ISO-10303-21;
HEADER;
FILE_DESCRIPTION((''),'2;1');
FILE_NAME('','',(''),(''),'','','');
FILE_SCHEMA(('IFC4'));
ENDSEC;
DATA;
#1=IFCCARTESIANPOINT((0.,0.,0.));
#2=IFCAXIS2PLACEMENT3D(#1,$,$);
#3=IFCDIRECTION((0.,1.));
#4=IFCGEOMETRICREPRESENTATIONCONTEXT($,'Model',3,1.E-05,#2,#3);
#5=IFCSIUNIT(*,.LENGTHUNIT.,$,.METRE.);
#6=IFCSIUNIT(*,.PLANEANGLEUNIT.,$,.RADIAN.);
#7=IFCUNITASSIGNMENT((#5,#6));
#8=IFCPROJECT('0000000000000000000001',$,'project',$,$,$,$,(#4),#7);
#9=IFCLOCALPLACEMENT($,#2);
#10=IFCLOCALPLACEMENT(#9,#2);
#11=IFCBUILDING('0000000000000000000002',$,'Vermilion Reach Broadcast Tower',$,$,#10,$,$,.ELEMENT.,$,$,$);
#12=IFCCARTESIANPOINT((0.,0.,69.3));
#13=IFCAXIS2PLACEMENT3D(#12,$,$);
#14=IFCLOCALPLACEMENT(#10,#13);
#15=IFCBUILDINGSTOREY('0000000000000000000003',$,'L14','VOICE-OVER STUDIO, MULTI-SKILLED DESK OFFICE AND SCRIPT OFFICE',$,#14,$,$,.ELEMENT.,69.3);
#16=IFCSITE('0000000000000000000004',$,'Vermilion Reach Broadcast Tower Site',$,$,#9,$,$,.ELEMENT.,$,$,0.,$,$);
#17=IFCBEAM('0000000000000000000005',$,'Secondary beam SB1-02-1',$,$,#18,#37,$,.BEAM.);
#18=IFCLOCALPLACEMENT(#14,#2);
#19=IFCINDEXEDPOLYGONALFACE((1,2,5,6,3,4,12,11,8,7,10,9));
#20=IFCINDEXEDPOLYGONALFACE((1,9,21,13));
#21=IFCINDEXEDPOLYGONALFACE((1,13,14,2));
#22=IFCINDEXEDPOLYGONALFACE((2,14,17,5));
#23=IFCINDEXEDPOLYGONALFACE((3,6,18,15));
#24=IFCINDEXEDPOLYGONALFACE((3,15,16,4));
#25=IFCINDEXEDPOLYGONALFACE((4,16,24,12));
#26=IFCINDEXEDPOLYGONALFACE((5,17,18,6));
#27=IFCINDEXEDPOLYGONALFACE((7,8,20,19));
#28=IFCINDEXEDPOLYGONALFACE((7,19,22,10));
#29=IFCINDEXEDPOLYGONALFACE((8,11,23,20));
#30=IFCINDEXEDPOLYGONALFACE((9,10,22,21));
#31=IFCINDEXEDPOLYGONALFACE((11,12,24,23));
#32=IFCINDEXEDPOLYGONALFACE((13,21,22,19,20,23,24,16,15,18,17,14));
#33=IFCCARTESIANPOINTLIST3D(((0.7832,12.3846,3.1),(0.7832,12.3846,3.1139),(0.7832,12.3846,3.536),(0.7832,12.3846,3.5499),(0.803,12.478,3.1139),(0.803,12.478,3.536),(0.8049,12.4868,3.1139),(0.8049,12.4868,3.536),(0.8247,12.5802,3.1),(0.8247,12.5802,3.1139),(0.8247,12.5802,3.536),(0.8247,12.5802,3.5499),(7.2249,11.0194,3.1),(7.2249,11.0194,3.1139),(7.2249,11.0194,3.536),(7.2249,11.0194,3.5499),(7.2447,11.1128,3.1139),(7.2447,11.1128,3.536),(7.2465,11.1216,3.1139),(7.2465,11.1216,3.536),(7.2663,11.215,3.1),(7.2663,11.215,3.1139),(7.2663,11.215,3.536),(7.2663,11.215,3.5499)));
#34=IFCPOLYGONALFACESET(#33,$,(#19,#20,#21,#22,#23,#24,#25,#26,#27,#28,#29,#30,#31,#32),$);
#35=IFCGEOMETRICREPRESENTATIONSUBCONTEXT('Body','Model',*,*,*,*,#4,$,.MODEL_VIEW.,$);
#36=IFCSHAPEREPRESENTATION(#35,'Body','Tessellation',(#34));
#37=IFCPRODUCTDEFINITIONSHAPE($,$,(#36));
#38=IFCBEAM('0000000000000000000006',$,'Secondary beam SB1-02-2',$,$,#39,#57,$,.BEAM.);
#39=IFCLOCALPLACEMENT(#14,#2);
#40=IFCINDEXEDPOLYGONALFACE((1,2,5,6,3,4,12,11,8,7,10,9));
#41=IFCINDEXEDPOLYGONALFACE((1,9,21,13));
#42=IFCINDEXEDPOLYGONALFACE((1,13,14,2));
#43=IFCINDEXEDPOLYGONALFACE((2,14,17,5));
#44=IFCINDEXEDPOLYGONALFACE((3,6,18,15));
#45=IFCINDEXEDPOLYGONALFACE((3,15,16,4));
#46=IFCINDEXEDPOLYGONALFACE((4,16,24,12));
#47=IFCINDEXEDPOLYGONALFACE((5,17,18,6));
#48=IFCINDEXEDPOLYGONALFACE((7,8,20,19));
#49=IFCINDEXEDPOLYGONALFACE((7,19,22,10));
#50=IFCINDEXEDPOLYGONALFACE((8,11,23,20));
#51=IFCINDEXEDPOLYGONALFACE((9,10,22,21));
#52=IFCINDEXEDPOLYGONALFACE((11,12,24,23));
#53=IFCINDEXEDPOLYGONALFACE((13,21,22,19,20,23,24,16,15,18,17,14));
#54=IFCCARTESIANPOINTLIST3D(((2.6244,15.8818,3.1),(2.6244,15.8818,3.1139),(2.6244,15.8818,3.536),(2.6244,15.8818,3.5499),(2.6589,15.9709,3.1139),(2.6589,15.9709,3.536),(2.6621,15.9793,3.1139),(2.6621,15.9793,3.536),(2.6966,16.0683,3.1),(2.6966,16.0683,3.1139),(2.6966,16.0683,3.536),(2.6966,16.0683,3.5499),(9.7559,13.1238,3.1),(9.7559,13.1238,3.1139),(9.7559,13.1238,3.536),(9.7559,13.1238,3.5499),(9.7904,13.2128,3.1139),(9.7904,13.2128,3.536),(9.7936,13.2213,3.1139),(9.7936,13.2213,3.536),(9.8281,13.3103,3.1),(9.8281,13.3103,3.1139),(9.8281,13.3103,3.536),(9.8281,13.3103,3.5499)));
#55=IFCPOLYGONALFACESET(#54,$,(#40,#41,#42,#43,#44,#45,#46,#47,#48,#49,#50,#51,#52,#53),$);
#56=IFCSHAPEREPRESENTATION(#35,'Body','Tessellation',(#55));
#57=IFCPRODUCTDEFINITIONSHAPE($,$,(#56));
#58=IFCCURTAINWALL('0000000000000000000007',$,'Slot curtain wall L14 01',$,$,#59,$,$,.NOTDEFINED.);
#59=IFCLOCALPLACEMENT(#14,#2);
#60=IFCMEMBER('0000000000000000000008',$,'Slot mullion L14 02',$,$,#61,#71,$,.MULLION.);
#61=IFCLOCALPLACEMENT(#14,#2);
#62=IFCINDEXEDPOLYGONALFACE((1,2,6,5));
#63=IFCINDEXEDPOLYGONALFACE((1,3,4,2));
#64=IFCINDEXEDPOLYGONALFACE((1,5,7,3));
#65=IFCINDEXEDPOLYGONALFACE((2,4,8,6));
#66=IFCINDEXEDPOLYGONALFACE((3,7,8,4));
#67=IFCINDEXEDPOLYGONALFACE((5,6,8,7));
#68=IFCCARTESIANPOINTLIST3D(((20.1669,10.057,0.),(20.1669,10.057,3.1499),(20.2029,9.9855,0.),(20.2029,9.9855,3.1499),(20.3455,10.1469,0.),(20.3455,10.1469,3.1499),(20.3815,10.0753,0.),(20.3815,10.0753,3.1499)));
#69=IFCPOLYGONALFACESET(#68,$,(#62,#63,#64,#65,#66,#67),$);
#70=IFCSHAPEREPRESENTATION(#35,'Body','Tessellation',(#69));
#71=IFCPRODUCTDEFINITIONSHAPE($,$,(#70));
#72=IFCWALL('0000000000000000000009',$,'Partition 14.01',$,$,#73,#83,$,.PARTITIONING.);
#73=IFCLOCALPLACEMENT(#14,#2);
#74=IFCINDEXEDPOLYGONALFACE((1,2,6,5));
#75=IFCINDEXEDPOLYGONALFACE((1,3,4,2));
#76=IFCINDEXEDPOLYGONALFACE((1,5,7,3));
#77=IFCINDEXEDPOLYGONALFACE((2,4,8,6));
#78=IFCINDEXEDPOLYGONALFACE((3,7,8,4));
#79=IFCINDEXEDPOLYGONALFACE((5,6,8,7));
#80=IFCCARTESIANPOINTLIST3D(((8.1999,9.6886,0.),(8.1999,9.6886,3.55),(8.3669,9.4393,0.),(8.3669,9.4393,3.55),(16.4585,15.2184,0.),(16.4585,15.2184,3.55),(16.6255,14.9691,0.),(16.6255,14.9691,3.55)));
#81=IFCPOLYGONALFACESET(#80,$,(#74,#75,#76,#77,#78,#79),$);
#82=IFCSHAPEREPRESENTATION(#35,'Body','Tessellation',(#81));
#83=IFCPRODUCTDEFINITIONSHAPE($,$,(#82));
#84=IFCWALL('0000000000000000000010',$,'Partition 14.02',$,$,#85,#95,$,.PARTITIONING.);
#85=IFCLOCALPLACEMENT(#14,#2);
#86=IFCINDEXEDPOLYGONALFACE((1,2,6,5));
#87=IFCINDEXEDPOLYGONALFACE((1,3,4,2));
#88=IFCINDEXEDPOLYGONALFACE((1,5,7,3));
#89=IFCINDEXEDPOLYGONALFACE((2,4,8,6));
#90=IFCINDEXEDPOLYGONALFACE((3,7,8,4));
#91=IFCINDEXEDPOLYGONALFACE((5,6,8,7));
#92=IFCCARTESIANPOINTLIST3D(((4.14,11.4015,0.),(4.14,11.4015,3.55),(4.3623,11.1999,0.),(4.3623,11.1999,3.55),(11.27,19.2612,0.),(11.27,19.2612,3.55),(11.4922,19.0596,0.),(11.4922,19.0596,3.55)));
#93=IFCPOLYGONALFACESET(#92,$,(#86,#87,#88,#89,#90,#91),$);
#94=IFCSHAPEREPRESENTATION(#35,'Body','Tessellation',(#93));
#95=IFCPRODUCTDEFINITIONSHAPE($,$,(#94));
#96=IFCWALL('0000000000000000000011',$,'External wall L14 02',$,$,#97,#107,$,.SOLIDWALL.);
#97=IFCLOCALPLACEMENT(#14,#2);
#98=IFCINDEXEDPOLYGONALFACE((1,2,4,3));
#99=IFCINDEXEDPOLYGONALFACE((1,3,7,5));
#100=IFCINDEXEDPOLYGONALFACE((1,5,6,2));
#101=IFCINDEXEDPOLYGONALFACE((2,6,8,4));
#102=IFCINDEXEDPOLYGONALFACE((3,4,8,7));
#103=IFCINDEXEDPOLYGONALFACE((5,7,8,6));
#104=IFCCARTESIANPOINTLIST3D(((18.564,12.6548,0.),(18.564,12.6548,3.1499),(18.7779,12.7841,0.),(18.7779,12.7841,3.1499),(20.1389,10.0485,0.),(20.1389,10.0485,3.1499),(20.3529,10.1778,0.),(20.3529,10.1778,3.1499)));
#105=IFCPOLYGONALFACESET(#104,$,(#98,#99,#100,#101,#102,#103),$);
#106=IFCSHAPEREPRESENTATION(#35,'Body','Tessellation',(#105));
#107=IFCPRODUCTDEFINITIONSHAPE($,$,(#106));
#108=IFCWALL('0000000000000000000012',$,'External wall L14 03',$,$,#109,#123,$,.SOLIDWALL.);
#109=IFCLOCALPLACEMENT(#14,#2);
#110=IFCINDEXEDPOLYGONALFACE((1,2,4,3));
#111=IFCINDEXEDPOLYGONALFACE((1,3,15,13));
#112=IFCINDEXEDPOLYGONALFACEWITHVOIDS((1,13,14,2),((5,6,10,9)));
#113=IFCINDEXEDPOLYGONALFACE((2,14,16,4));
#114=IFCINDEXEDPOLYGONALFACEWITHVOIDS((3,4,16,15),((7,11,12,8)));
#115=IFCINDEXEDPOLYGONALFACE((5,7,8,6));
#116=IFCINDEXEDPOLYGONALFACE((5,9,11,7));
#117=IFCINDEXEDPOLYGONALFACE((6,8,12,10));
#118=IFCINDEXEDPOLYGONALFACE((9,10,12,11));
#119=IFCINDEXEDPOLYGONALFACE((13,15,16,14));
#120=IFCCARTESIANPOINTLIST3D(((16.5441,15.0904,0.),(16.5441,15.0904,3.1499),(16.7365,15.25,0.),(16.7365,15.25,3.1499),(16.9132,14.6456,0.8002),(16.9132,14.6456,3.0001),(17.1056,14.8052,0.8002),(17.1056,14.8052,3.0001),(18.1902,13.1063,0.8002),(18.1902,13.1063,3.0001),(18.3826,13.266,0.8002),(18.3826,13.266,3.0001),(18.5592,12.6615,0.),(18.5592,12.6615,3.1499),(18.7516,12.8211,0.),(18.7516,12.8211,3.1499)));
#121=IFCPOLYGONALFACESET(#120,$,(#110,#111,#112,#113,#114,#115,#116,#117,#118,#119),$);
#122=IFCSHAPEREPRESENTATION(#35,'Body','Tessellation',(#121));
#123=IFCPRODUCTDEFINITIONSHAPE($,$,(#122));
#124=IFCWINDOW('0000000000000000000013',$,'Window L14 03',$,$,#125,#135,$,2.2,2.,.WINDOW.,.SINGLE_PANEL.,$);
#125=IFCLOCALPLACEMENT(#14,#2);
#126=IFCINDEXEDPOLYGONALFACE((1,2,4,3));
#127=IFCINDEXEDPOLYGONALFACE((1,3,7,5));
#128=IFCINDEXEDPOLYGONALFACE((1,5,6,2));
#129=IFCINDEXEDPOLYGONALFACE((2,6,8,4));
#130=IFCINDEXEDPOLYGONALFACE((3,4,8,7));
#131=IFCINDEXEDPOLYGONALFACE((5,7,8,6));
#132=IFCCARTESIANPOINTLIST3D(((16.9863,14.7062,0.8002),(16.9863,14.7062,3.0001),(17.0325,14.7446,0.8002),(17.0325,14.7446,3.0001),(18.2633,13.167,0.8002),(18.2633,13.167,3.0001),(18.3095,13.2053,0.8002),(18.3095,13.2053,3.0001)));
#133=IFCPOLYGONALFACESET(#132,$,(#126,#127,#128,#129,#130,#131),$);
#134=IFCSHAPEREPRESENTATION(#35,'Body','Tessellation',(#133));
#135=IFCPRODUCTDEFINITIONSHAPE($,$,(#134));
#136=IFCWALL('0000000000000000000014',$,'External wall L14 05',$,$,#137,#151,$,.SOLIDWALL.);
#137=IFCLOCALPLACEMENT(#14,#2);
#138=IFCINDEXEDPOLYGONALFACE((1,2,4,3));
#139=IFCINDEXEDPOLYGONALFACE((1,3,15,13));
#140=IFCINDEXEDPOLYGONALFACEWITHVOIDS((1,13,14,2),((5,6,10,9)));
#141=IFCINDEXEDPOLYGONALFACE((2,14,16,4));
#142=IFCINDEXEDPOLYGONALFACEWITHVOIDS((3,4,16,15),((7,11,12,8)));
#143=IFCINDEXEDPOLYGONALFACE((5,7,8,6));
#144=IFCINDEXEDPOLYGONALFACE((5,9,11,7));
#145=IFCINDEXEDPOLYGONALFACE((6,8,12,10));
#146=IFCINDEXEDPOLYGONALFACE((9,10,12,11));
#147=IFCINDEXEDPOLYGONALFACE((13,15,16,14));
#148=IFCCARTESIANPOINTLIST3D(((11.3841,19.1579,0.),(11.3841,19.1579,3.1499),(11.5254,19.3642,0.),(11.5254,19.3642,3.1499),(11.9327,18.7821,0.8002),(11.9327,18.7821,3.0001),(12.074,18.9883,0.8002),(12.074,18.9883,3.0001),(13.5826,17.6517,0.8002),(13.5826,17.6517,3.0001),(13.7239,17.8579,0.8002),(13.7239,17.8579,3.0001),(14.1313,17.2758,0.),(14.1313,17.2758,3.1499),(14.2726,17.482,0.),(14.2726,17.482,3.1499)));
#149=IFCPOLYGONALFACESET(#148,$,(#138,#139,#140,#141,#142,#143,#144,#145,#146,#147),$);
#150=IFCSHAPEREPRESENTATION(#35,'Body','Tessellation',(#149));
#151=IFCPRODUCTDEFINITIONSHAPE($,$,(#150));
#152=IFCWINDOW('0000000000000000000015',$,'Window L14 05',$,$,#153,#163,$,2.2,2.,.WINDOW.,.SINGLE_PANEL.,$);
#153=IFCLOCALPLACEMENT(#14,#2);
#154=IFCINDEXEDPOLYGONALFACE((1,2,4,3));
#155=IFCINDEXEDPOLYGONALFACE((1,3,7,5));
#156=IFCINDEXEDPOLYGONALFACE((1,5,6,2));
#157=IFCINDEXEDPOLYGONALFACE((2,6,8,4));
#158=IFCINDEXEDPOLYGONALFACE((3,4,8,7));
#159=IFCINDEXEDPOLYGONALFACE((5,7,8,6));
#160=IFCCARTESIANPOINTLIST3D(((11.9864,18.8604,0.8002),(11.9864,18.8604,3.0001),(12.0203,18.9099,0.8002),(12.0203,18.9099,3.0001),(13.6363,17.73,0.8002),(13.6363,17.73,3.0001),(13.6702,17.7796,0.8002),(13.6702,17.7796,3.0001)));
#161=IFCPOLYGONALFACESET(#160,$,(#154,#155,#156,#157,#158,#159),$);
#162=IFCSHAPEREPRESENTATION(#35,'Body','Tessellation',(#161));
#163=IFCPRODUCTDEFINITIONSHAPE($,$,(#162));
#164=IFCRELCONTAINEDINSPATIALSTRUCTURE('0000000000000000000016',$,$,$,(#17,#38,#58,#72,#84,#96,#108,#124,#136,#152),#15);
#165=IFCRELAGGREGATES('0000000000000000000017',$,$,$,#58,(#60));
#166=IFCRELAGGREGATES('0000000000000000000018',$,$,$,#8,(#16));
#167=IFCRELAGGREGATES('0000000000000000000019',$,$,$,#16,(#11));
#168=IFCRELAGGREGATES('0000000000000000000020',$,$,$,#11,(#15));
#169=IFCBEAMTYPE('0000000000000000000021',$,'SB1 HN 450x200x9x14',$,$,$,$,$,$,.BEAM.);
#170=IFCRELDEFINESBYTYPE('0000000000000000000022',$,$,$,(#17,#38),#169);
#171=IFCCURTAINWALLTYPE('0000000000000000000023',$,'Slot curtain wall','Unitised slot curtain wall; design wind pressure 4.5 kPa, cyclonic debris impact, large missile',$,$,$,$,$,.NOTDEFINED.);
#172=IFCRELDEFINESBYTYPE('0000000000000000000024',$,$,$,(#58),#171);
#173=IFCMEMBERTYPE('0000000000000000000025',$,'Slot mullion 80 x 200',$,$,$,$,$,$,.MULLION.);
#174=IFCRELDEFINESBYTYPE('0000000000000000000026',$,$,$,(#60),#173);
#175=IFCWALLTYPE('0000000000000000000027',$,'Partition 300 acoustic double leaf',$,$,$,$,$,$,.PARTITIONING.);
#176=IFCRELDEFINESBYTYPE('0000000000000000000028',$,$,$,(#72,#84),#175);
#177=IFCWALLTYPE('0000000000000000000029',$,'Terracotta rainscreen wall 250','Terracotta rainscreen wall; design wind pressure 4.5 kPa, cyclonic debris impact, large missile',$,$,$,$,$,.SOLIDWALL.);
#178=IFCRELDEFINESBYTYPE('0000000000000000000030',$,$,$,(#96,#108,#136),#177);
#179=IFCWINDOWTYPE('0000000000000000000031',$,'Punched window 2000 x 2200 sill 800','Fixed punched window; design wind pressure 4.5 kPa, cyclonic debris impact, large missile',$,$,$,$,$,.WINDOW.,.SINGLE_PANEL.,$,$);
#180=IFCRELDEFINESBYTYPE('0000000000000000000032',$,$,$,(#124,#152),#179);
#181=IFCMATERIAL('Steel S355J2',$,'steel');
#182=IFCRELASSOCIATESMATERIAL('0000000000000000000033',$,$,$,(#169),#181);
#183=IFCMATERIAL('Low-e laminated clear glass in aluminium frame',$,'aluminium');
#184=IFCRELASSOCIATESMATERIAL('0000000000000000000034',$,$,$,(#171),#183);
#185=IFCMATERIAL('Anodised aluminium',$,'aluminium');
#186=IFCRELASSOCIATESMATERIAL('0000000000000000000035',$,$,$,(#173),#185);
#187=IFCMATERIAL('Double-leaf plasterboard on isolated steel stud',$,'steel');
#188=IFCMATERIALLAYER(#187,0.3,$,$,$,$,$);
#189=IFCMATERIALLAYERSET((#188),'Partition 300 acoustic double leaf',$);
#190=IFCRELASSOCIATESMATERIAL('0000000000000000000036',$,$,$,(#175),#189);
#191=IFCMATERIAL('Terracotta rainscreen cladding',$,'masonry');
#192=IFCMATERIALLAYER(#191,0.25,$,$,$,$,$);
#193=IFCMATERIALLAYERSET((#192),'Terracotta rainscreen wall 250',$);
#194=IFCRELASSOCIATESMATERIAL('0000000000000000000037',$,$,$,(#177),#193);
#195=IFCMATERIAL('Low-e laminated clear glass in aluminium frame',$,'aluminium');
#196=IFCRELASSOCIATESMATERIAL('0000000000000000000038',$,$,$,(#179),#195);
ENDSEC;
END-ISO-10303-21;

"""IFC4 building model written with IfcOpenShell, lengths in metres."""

from ifc_helpers import new_model, si_unit, direction, frame, frame_2d, origin, origin_2d, place, context, subcontext, project, spatial, rectangle, i_section, extrude, material, layer, layer_set, material_profile, profile_set, type_object, element, fill, aggregate, save


model = new_model("IFC4")

# Units and contexts
model_context = context("Model", 3, precision=1e-05, world=origin(), true_north=direction((0.0, 1.0)))
body_context = subcontext(model_context, "Body", "Model", "MODEL_VIEW")
ifc_project = project(units=[si_unit("LENGTHUNIT", "METRE"), si_unit("PLANEANGLEUNIT", "RADIAN")], contexts=[model_context])

# Site, building, storey
site_placement = place(None, origin())
site = spatial("IfcSite", under=ifc_project, at=site_placement, Name="Vermilion Reach Broadcast Tower Site", CompositionType="ELEMENT", RefElevation=0.0)
building_placement = place(site_placement, origin())
building = spatial("IfcBuilding", under=site, at=building_placement, Name="Vermilion Reach Broadcast Tower", CompositionType="ELEMENT")
storey_placement = place(building_placement, frame((0.0, 0.0, 69.3)))
storey = spatial("IfcBuildingStorey", under=building, at=storey_placement, Name="L14", Description="VOICE-OVER STUDIO, MULTI-SKILLED DESK OFFICE AND SCRIPT OFFICE", CompositionType="ELEMENT", Elevation=69.3)

# Beams
ifc_material_1 = material(Name="Steel S355J2", Category="steel")
ifc_material_profile_1 = material_profile(ifc_material_1, i_section(OverallWidth=0.2, OverallDepth=0.45, WebThickness=0.009, FlangeThickness=0.0139, at=origin_2d()), Name="S355J2 HN 450x200x9x14")
ifc_profile_set_1 = profile_set([ifc_material_profile_1], Name="Steel S355J2")
beam_type_1 = type_object("IfcBeamType", Name="SB1 HN 450x200x9x14", PredefinedType="BEAM", material=ifc_profile_set_1)
beam_1_placement = place(storey_placement, frame((7.2456, 11.1172, 3.325), z_axis=(-0.97827, 0.207333, 0.0), x_axis=(-0.207333, -0.97827, 0.0)))
element("IfcBeam", 1, at=beam_1_placement, inside=storey, type_object=beam_type_1, Name="Secondary beam SB1-02-1", PredefinedType="BEAM", context=body_context, shape_type="SweptSolid", body=[
    extrude(i_section(OverallWidth=0.2, OverallDepth=0.45, WebThickness=0.009, FlangeThickness=0.0139, at=origin_2d()), origin(), (0.0, 0.0, 1.0), 6.5847),
])
beam_2_placement = place(storey_placement, frame((9.792, 13.217, 3.325), z_axis=(-0.932681, 0.360703, 0.0), x_axis=(-0.360703, -0.932681, 0.0)))
element("IfcBeam", 2, at=beam_2_placement, inside=storey, type_object=beam_type_1, Name="Secondary beam SB1-02-2", PredefinedType="BEAM", context=body_context, shape_type="SweptSolid", body=[
    extrude(i_section(OverallWidth=0.2, OverallDepth=0.45, WebThickness=0.009, FlangeThickness=0.0139, at=origin_2d()), origin(), (0.0, 0.0, 1.0), 7.6462),
])

# Curtain wall, member
ifc_material_2 = material(Name="Low-e laminated clear glass in aluminium frame", Category="aluminium")
curtain_wall_type = type_object("IfcCurtainWallType", Name="Slot curtain wall", Description="Unitised slot curtain wall; design wind pressure 4.5 kPa, cyclonic debris impact, large missile", PredefinedType="NOTDEFINED", material=ifc_material_2)
curtain_wall_placement = place(storey_placement, origin())
curtain_wall = element("IfcCurtainWall", 3, at=curtain_wall_placement, inside=storey, type_object=curtain_wall_type, Name="Slot curtain wall L14 01", PredefinedType="NOTDEFINED")
ifc_material_3 = material(Name="Anodised aluminium", Category="aluminium")
ifc_material_profile_2 = material_profile(ifc_material_3, rectangle(XDim=0.2, YDim=0.0801, at=origin_2d()), Name="Slot mullion 80 x 200")
ifc_profile_set_2 = profile_set([ifc_material_profile_2], Name="Anodised aluminium")
member_type = type_object("IfcMemberType", Name="Slot mullion 80 x 200", PredefinedType="MULLION", material=ifc_profile_set_2)
member_placement = place(storey_placement, frame((20.2742, 10.0662, 0.0), z_axis=(0.0, 0.0, 1.0), x_axis=(-0.893266, -0.449528, 0.0)))
member = element("IfcMember", 4, at=member_placement, type_object=member_type, Name="Slot mullion L14 02", PredefinedType="MULLION", context=body_context, shape_type="SweptSolid", body=[
    extrude(rectangle(XDim=0.2, YDim=0.0801, at=origin_2d()), origin(), (0.0, 0.0, 1.0), 3.1499),
])
aggregate(curtain_wall, [member])

# Walls
ifc_material_4 = material(Name="Double-leaf plasterboard on isolated steel stud", Category="steel")
ifc_layer_1 = layer(ifc_material_4, 0.3)
ifc_layer_set_1 = layer_set([ifc_layer_1], Name="Partition 300 acoustic double leaf")
wall_type_1 = type_object("IfcWallType", Name="Partition 300 acoustic double leaf", PredefinedType="PARTITIONING", material=ifc_layer_set_1)
wall_1_placement = place(storey_placement, frame((16.542, 15.0938, 0.0), z_axis=(0.0, 0.0, 1.0), x_axis=(-0.83093, -0.556377, 0.0)))
element("IfcWall", 5, at=wall_1_placement, inside=storey, type_object=wall_type_1, Name="Partition 14.01", PredefinedType="PARTITIONING", context=body_context, shape_type="SweptSolid", body=[
    extrude(rectangle(XDim=9.939, YDim=0.3, at=frame_2d((4.9695, 0.0))), origin(), (0.0, 0.0, 1.0), 3.55),
])
wall_2_placement = place(storey_placement, frame((11.3811, 19.1604, 0.0), z_axis=(0.0, 0.0, 1.0), x_axis=(-0.671887, -0.740654, 0.0)))
element("IfcWall", 6, at=wall_2_placement, inside=storey, type_object=wall_type_1, Name="Partition 14.02", PredefinedType="PARTITIONING", context=body_context, shape_type="SweptSolid", body=[
    extrude(rectangle(XDim=10.6118, YDim=0.3, at=frame_2d((5.3059, 0.0))), origin(), (0.0, 0.0, 1.0), 3.55),
])
ifc_material_5 = material(Name="Terracotta rainscreen cladding", Category="masonry")
ifc_layer_2 = layer(ifc_material_5, 0.25)
ifc_layer_set_2 = layer_set([ifc_layer_2], Name="Terracotta rainscreen wall 250")
wall_type_2 = type_object("IfcWallType", Name="Terracotta rainscreen wall 250", Description="Terracotta rainscreen wall; design wind pressure 4.5 kPa, cyclonic debris impact, large missile", PredefinedType="SOLIDWALL", material=ifc_layer_set_2)
wall_3_placement = place(storey_placement, frame((20.2458, 10.1133, 0.0), z_axis=(0.0, 0.0, 1.0), x_axis=(-0.517205, 0.855862, 0.0)))
element("IfcWall", 7, at=wall_3_placement, inside=storey, type_object=wall_type_2, Name="External wall L14 02", PredefinedType="SOLIDWALL", context=body_context, shape_type="SweptSolid", body=[
    extrude(rectangle(XDim=3.0452, YDim=0.25, at=frame_2d((1.5225, 0.0))), origin(), (0.0, 0.0, 1.0), 3.1499),
])

# Wall, opening, window
wall_4_placement = place(storey_placement, frame((18.6555, 12.7412, 0.0), z_axis=(0.0, 0.0, 1.0), x_axis=(-0.638501, 0.769621, 0.0)))
wall_4 = element("IfcWall", 8, at=wall_4_placement, inside=storey, type_object=wall_type_2, Name="External wall L14 03", PredefinedType="SOLIDWALL", context=body_context, shape_type="SweptSolid", body=[
    extrude(rectangle(XDim=3.156, YDim=0.25, at=frame_2d((1.5781, 0.0))), origin(), (0.0, 0.0, 1.0), 3.1499),
])
opening_1_placement = place(wall_4_placement, frame((0.5781, 0.0, 0.8)))
opening_1 = element("IfcOpeningElement", 9, at=opening_1_placement, cuts=wall_4, PredefinedType="OPENING", context=body_context, shape_type="SweptSolid", body=[
    extrude(rectangle(XDim=2.0, YDim=2.2, at=frame_2d((1.0, 1.1001))), frame((0.0, 0.135, 0.0), z_axis=(0.0, -1.0, 0.0), x_axis=(1.0, 0.0, 0.0)), (0.0, 0.0, 1.0), 0.27),
])
ifc_material_6 = material(Name="Low-e laminated clear glass in aluminium frame", Category="aluminium")
window_type = type_object("IfcWindowType", Name="Punched window 2000 x 2200 sill 800", Description="Fixed punched window; design wind pressure 4.5 kPa, cyclonic debris impact, large missile", PartitioningType="SINGLE_PANEL", PredefinedType="WINDOW", material=ifc_material_6)
window_1_placement = place(opening_1_placement, origin())
window_1 = element("IfcWindow", 10, at=window_1_placement, inside=storey, type_object=window_type, Name="Window L14 03", OverallHeight=2.2, OverallWidth=2.0, PartitioningType="SINGLE_PANEL", PredefinedType="WINDOW", context=body_context, shape_type="SweptSolid", body=[
    extrude(rectangle(XDim=2.0, YDim=2.2, at=frame_2d((1.0, 1.1001))), frame((0.0, 0.03, 0.0), z_axis=(0.0, -1.0, 0.0), x_axis=(1.0, 0.0, 0.0)), (0.0, 0.0, 1.0), 0.0601),
])
fill(opening_1, window_1)

# Wall, opening, window
wall_5_placement = place(storey_placement, frame((14.2019, 17.3789, 0.0), z_axis=(0.0, 0.0, 1.0), x_axis=(-0.824956, 0.565196, 0.0)))
wall_5 = element("IfcWall", 11, at=wall_5_placement, inside=storey, type_object=wall_type_2, Name="External wall L14 05", PredefinedType="SOLIDWALL", context=body_context, shape_type="SweptSolid", body=[
    extrude(rectangle(XDim=3.3301, YDim=0.25, at=frame_2d((1.665, 0.0))), origin(), (0.0, 0.0, 1.0), 3.1499),
])
opening_2_placement = place(wall_5_placement, frame((0.665, 0.0, 0.8)))
opening_2 = element("IfcOpeningElement", 12, at=opening_2_placement, cuts=wall_5, PredefinedType="OPENING", context=body_context, shape_type="SweptSolid", body=[
    extrude(rectangle(XDim=2.0, YDim=2.2, at=frame_2d((1.0, 1.1001))), frame((0.0, 0.135, 0.0), z_axis=(0.0, -1.0, 0.0), x_axis=(1.0, 0.0, 0.0)), (0.0, 0.0, 1.0), 0.27),
])
window_2_placement = place(opening_2_placement, origin())
window_2 = element("IfcWindow", 13, at=window_2_placement, inside=storey, type_object=window_type, Name="Window L14 05", OverallHeight=2.2, OverallWidth=2.0, PartitioningType="SINGLE_PANEL", PredefinedType="WINDOW", context=body_context, shape_type="SweptSolid", body=[
    extrude(rectangle(XDim=2.0, YDim=2.2, at=frame_2d((1.0, 1.1001))), frame((0.0, 0.03, 0.0), z_axis=(0.0, -1.0, 0.0), x_axis=(1.0, 0.0, 0.0)), (0.0, 0.0, 1.0), 0.0601),
])
fill(opening_2, window_2)

save(model, "model.ifc")
